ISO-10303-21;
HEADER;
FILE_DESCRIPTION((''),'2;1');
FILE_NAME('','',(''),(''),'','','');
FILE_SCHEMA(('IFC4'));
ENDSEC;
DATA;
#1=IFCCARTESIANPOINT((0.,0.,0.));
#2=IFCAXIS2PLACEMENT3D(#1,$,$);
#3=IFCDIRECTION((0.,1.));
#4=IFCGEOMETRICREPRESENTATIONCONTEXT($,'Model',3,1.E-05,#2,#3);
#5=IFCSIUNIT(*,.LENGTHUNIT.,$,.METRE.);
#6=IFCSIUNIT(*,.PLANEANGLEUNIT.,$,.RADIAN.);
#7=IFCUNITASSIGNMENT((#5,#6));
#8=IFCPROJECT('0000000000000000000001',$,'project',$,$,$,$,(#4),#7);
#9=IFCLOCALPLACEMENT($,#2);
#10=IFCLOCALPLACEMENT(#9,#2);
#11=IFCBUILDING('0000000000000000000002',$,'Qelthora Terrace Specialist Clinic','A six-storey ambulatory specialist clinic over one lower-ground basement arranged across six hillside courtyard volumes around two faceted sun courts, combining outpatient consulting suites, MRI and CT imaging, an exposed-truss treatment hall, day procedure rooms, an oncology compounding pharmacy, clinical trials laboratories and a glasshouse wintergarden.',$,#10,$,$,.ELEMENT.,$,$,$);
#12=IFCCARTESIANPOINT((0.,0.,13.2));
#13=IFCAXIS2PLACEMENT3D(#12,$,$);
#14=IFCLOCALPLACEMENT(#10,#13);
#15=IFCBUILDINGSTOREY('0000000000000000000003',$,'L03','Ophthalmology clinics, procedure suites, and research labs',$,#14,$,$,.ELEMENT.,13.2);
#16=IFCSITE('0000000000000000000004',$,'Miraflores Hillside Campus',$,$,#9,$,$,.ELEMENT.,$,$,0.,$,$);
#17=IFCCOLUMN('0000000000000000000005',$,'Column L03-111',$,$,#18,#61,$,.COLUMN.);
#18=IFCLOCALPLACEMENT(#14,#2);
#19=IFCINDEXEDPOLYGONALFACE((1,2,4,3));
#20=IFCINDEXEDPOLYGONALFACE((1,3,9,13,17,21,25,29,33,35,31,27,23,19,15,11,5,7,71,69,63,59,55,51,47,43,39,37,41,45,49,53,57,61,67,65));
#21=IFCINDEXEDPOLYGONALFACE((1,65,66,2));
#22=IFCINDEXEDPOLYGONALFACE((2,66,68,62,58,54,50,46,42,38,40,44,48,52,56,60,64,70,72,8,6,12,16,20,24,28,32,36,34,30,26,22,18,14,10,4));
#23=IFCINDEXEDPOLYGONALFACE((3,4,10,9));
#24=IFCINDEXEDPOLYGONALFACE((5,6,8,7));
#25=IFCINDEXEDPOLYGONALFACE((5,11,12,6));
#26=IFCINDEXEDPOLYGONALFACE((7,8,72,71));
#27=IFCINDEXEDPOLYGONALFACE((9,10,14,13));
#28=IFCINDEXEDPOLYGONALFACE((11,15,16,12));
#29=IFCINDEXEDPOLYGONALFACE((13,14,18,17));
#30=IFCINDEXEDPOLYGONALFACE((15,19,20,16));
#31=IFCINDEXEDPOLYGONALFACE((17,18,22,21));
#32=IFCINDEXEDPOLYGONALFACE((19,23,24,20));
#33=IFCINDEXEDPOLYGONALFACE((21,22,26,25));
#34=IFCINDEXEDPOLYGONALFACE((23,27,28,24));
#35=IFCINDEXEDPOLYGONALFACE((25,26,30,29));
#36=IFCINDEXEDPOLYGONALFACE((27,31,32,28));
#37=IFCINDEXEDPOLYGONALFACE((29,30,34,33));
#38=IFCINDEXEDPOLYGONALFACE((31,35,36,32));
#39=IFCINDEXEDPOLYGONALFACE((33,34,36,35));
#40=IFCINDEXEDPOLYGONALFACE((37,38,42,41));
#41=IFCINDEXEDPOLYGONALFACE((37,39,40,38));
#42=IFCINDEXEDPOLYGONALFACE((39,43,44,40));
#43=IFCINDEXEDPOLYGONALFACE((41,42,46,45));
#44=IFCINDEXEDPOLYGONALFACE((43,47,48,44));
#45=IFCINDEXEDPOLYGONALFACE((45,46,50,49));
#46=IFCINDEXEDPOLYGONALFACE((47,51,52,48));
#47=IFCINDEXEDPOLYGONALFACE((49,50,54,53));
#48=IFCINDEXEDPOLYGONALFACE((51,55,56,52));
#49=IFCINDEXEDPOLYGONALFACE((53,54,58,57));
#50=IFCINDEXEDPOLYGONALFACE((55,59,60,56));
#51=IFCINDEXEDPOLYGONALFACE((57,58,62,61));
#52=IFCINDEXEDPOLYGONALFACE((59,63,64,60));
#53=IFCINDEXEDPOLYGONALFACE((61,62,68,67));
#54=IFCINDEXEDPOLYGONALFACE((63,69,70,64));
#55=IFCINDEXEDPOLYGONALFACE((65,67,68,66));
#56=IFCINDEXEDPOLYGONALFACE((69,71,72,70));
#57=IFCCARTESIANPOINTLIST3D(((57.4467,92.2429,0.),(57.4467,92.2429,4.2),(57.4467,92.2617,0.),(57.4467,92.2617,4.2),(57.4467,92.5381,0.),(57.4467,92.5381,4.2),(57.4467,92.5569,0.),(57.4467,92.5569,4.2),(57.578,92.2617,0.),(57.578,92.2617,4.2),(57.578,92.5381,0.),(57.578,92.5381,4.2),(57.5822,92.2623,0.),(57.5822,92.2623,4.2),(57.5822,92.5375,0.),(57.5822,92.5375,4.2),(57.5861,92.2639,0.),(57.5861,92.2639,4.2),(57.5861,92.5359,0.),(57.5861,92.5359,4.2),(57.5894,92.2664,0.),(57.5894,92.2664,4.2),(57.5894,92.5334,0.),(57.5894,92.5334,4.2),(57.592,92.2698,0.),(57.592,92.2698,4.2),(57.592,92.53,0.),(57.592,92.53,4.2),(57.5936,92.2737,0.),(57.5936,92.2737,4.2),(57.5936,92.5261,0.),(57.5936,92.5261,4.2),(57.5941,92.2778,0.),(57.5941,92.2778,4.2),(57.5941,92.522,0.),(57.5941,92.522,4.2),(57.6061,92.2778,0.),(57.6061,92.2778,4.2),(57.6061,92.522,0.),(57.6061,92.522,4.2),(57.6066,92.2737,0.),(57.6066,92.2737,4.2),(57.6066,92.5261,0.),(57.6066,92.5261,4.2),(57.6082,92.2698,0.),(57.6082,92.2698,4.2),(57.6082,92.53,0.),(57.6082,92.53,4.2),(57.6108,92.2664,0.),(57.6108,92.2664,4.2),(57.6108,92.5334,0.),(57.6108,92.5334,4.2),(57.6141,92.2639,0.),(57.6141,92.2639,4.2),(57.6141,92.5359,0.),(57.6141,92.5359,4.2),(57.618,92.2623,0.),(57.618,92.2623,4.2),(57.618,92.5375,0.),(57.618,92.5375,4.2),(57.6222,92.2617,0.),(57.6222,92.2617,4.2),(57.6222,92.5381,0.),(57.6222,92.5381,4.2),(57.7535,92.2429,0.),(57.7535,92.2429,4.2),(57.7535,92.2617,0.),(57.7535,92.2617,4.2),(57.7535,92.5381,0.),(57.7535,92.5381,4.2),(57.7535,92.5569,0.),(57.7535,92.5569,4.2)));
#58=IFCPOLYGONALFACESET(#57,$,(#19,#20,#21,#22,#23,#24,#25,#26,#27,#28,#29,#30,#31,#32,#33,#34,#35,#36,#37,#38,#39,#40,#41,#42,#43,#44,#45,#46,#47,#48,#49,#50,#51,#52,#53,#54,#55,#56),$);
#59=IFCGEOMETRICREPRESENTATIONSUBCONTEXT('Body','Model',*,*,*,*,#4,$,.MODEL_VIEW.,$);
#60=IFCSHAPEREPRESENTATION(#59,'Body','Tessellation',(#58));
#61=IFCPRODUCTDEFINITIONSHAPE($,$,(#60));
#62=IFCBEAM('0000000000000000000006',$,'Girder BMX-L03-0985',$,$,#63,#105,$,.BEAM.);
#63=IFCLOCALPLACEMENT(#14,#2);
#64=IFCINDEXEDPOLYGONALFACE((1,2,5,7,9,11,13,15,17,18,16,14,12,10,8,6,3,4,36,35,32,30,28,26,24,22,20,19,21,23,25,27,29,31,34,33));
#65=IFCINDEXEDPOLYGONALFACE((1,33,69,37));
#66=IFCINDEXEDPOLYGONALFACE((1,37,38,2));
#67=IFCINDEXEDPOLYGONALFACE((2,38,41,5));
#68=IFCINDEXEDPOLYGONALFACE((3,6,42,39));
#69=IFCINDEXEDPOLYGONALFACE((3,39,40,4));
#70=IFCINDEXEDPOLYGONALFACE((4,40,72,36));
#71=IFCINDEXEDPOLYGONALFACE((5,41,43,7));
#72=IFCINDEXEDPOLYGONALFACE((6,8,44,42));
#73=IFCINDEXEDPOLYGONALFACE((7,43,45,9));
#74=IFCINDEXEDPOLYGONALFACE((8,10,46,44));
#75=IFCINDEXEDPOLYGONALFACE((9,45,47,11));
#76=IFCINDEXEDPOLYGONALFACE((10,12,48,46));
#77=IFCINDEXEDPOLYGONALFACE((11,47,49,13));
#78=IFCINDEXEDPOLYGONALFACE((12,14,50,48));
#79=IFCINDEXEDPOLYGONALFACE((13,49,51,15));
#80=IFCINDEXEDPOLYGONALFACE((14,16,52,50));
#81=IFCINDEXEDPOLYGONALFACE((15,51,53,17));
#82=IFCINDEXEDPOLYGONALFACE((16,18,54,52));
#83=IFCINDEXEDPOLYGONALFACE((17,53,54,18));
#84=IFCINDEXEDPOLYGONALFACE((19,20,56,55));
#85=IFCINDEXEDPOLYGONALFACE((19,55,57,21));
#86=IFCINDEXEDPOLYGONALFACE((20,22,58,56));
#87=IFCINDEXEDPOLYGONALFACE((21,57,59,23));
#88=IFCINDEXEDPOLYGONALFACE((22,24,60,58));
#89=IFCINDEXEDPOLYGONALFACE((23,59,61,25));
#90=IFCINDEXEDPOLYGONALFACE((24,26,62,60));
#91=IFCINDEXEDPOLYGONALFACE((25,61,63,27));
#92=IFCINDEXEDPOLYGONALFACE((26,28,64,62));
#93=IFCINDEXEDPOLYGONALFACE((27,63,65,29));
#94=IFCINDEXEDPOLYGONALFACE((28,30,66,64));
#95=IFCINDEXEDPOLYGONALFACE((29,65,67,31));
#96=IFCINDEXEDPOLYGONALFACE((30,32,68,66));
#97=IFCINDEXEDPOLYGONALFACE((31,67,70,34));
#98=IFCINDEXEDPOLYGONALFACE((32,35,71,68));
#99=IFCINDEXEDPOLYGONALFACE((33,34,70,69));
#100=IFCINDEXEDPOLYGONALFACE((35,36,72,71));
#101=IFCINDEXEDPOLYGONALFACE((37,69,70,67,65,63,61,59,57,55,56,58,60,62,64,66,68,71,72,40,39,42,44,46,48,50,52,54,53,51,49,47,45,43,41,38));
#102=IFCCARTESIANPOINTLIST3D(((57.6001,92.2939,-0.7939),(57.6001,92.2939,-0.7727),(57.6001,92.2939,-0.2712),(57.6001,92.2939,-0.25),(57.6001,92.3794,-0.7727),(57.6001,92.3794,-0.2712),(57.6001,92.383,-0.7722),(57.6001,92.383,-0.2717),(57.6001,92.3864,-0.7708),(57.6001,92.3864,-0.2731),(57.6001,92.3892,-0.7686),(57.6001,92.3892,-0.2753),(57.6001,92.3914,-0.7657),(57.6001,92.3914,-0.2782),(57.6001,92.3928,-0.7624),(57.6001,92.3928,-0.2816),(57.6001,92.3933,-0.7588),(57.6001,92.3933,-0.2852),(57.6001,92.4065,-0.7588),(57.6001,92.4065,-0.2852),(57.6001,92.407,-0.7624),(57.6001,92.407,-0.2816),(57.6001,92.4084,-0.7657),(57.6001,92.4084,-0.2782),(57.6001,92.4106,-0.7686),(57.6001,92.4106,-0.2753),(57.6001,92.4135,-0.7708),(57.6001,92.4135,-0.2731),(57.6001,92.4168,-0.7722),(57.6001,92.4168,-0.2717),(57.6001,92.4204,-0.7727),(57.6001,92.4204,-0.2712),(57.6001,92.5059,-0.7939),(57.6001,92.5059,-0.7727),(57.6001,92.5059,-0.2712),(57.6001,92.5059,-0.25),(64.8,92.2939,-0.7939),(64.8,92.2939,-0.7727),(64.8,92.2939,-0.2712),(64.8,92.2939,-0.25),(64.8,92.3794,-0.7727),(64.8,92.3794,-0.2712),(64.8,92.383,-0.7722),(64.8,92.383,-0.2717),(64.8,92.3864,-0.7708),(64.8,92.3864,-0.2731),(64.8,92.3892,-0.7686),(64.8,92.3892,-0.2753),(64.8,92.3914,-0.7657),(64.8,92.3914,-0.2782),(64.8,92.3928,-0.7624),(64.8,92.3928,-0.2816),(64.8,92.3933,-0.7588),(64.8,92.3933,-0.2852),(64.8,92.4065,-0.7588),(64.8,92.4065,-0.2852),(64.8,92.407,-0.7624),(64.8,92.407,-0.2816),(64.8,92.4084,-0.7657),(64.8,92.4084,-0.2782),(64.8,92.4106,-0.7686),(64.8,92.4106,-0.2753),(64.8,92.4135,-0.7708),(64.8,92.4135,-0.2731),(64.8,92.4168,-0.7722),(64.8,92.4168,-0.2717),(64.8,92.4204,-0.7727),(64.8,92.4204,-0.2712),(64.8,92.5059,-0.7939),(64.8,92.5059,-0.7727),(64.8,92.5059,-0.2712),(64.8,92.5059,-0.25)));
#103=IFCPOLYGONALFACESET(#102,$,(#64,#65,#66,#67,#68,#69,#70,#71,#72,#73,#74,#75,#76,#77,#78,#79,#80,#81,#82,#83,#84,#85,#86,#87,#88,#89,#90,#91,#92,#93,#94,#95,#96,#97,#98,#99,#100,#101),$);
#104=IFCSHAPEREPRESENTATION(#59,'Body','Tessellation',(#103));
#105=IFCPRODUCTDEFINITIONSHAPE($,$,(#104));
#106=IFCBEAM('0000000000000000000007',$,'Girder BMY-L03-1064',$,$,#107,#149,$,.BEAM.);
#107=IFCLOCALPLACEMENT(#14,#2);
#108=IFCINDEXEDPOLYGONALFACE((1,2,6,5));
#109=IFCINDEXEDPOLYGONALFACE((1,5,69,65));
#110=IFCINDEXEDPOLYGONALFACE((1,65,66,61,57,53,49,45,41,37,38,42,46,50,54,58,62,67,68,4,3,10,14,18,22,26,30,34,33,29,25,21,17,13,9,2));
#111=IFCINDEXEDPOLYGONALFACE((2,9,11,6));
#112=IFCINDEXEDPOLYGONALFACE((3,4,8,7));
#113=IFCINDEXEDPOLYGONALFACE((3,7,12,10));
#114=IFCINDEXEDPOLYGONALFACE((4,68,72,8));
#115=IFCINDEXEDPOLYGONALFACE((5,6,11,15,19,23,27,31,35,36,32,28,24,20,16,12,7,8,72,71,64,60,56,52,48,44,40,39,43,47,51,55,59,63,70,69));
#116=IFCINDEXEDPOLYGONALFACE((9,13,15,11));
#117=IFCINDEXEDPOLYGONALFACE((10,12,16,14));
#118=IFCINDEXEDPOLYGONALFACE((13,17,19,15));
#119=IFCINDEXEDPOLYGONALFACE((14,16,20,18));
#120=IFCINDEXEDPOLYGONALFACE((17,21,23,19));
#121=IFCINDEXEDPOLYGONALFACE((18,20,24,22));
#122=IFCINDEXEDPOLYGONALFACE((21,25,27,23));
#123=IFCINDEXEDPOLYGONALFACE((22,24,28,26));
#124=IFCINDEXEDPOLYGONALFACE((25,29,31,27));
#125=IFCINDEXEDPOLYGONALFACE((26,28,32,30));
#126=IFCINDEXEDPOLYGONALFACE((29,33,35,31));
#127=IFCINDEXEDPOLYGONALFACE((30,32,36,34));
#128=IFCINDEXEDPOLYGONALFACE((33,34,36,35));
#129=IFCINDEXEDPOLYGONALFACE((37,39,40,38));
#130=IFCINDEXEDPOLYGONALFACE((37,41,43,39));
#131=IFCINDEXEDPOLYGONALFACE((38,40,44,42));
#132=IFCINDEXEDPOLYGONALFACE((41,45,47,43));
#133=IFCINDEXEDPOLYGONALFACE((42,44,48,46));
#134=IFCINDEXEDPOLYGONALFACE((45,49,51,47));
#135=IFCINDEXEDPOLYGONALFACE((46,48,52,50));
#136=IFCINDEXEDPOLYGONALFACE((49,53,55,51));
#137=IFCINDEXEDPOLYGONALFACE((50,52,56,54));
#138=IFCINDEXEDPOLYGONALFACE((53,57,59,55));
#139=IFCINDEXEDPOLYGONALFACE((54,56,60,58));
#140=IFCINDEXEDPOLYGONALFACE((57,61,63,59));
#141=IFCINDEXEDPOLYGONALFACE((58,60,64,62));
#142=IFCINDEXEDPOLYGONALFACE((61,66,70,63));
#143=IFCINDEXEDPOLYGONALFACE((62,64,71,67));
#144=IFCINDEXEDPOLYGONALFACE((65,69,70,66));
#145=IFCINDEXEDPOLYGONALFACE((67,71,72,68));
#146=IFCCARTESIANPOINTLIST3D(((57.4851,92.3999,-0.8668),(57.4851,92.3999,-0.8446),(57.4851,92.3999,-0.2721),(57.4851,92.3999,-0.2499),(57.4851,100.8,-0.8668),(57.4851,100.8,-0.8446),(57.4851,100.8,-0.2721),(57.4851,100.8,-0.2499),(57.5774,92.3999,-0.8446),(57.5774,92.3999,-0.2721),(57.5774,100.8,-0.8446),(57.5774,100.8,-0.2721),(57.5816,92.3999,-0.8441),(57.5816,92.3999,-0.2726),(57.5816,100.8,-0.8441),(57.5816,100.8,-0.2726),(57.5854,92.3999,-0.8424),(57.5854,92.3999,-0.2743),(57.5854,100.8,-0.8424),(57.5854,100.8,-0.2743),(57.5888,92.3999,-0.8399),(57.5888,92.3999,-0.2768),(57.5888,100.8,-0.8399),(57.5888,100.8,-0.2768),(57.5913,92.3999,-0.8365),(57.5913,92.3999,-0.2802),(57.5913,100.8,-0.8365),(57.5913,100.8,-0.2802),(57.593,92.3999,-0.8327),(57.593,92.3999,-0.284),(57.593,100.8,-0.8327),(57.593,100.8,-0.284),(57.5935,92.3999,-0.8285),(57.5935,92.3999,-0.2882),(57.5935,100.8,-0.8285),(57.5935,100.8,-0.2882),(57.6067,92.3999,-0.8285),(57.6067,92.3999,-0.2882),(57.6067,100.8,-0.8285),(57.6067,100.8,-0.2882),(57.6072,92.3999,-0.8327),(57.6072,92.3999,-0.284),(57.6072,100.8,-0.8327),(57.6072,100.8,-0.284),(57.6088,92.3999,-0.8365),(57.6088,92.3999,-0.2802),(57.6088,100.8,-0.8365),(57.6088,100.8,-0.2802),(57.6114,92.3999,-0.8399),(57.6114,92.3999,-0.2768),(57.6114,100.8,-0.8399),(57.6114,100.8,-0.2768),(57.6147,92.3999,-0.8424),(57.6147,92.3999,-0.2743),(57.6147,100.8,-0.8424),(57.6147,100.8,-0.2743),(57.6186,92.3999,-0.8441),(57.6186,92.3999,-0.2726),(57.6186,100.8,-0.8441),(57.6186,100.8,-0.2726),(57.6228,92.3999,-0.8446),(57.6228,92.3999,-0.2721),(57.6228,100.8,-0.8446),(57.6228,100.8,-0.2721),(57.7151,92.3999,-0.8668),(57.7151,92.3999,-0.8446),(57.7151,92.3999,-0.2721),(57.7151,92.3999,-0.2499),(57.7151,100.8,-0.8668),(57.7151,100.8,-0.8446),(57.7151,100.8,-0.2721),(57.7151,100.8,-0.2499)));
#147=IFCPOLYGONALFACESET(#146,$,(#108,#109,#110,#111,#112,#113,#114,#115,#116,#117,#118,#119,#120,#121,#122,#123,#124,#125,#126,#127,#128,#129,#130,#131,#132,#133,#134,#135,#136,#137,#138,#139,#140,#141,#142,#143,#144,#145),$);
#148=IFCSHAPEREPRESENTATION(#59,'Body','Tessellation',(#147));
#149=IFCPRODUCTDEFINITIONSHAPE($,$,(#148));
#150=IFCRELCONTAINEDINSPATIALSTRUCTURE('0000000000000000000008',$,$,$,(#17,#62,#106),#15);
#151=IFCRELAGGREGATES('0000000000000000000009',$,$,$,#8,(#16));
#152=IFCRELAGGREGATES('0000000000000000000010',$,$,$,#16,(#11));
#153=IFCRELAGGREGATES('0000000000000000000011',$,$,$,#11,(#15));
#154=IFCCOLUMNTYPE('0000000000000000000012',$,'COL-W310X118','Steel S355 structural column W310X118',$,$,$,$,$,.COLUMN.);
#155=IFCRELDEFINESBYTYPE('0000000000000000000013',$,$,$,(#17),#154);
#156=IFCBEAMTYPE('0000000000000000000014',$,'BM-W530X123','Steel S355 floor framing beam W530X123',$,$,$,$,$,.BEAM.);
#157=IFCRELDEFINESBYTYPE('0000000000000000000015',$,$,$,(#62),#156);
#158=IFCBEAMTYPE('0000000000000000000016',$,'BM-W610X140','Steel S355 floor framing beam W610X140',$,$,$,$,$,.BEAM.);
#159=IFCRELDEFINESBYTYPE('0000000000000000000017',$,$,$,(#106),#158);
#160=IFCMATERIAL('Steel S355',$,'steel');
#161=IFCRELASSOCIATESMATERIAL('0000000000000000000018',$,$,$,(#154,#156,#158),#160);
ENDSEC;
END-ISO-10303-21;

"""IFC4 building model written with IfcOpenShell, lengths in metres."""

from ifc_helpers import new_model, si_unit, direction, frame, origin, origin_2d, place, context, subcontext, project, spatial, i_section, extrude, material, material_profile, profile_set, type_object, element, save


model = new_model("IFC4")

# Units and contexts
model_context = context("Model", 3, precision=1e-05, world=origin(), true_north=direction((0.0, 1.0)))
body_context = subcontext(model_context, "Body", "Model", "MODEL_VIEW")
ifc_project = project(units=[si_unit("LENGTHUNIT", "METRE"), si_unit("PLANEANGLEUNIT", "RADIAN")], contexts=[model_context])

# Site, building, storey
site_placement = place(None, origin())
site = spatial("IfcSite", under=ifc_project, at=site_placement, Name="Miraflores Hillside Campus", CompositionType="ELEMENT", RefElevation=0.0)
building_placement = place(site_placement, origin())
building = spatial("IfcBuilding", under=site, at=building_placement, Name="Qelthora Terrace Specialist Clinic", Description="A six-storey ambulatory specialist clinic over one lower-ground basement arranged across six hillside courtyard volumes around two faceted sun courts, combining outpatient consulting suites, MRI and CT imaging, an exposed-truss treatment hall, day procedure rooms, an oncology compounding pharmacy, clinical trials laboratories and a glasshouse wintergarden.", CompositionType="ELEMENT")
storey_placement = place(building_placement, frame((0.0, 0.0, 13.2)))
storey = spatial("IfcBuildingStorey", under=building, at=storey_placement, Name="L03", Description="Ophthalmology clinics, procedure suites, and research labs", CompositionType="ELEMENT", Elevation=13.2)

# Column
ifc_material_1 = material(Name="Steel S355", Category="steel")
ifc_material_profile_1 = material_profile(ifc_material_1, i_section(OverallWidth=0.3069, OverallDepth=0.314, WebThickness=0.012, FlangeThickness=0.0188, FilletRadius=0.0161, at=origin_2d()), Name="W310X118")
ifc_profile_set_1 = profile_set([ifc_material_profile_1], Name="Steel S355")
column_type = type_object("IfcColumnType", Name="COL-W310X118", Description="Steel S355 structural column W310X118", PredefinedType="COLUMN", material=ifc_profile_set_1)
column_placement = place(storey_placement, frame((57.6001, 92.3999, 0.0), z_axis=(0.0, 0.0, 1.0), x_axis=(1.0, 0.0, 0.0)))
element("IfcColumn", 1, at=column_placement, inside=storey, type_object=column_type, Name="Column L03-111", PredefinedType="COLUMN", context=body_context, shape_type="SweptSolid", body=[
    extrude(i_section(OverallWidth=0.3069, OverallDepth=0.314, WebThickness=0.012, FlangeThickness=0.0188, FilletRadius=0.0161, at=origin_2d()), origin(), (0.0, 0.0, 1.0), 4.2),
])

# Beams
ifc_material_profile_2 = material_profile(ifc_material_1, i_section(OverallWidth=0.2119, OverallDepth=0.5439, WebThickness=0.0132, FlangeThickness=0.0212, FilletRadius=0.0139, at=origin_2d()), Name="W530X123")
ifc_profile_set_2 = profile_set([ifc_material_profile_2], Name="Steel S355")
beam_type_1 = type_object("IfcBeamType", Name="BM-W530X123", Description="Steel S355 floor framing beam W530X123", PredefinedType="BEAM", material=ifc_profile_set_2)
beam_1_placement = place(storey_placement, frame((57.6001, 92.3999, -0.522), z_axis=(1.0, 0.0, 0.0), x_axis=(0.0, 1.0, 0.0)))
element("IfcBeam", 2, at=beam_1_placement, inside=storey, type_object=beam_type_1, Name="Girder BMX-L03-0985", PredefinedType="BEAM", context=body_context, shape_type="SweptSolid", body=[
    extrude(i_section(OverallWidth=0.2119, OverallDepth=0.5439, WebThickness=0.0132, FlangeThickness=0.0212, FilletRadius=0.0139, at=origin_2d()), origin(), (0.0, 0.0, 1.0), 7.2),
])
ifc_material_profile_3 = material_profile(ifc_material_1, i_section(OverallWidth=0.23, OverallDepth=0.6169, WebThickness=0.0132, FlangeThickness=0.0222, FilletRadius=0.0161, at=origin_2d()), Name="W610X140")
ifc_profile_set_3 = profile_set([ifc_material_profile_3], Name="Steel S355")
beam_type_2 = type_object("IfcBeamType", Name="BM-W610X140", Description="Steel S355 floor framing beam W610X140", PredefinedType="BEAM", material=ifc_profile_set_3)
beam_2_placement = place(storey_placement, frame((57.6001, 92.3999, -0.5583), z_axis=(0.0, 1.0, 0.0), x_axis=(-1.0, 0.0, 0.0)))
element("IfcBeam", 3, at=beam_2_placement, inside=storey, type_object=beam_type_2, Name="Girder BMY-L03-1064", PredefinedType="BEAM", context=body_context, shape_type="SweptSolid", body=[
    extrude(i_section(OverallWidth=0.23, OverallDepth=0.6169, WebThickness=0.0132, FlangeThickness=0.0222, FilletRadius=0.0161, at=origin_2d()), origin(), (0.0, 0.0, 1.0), 8.4001),
])

save(model, "model.ifc")
